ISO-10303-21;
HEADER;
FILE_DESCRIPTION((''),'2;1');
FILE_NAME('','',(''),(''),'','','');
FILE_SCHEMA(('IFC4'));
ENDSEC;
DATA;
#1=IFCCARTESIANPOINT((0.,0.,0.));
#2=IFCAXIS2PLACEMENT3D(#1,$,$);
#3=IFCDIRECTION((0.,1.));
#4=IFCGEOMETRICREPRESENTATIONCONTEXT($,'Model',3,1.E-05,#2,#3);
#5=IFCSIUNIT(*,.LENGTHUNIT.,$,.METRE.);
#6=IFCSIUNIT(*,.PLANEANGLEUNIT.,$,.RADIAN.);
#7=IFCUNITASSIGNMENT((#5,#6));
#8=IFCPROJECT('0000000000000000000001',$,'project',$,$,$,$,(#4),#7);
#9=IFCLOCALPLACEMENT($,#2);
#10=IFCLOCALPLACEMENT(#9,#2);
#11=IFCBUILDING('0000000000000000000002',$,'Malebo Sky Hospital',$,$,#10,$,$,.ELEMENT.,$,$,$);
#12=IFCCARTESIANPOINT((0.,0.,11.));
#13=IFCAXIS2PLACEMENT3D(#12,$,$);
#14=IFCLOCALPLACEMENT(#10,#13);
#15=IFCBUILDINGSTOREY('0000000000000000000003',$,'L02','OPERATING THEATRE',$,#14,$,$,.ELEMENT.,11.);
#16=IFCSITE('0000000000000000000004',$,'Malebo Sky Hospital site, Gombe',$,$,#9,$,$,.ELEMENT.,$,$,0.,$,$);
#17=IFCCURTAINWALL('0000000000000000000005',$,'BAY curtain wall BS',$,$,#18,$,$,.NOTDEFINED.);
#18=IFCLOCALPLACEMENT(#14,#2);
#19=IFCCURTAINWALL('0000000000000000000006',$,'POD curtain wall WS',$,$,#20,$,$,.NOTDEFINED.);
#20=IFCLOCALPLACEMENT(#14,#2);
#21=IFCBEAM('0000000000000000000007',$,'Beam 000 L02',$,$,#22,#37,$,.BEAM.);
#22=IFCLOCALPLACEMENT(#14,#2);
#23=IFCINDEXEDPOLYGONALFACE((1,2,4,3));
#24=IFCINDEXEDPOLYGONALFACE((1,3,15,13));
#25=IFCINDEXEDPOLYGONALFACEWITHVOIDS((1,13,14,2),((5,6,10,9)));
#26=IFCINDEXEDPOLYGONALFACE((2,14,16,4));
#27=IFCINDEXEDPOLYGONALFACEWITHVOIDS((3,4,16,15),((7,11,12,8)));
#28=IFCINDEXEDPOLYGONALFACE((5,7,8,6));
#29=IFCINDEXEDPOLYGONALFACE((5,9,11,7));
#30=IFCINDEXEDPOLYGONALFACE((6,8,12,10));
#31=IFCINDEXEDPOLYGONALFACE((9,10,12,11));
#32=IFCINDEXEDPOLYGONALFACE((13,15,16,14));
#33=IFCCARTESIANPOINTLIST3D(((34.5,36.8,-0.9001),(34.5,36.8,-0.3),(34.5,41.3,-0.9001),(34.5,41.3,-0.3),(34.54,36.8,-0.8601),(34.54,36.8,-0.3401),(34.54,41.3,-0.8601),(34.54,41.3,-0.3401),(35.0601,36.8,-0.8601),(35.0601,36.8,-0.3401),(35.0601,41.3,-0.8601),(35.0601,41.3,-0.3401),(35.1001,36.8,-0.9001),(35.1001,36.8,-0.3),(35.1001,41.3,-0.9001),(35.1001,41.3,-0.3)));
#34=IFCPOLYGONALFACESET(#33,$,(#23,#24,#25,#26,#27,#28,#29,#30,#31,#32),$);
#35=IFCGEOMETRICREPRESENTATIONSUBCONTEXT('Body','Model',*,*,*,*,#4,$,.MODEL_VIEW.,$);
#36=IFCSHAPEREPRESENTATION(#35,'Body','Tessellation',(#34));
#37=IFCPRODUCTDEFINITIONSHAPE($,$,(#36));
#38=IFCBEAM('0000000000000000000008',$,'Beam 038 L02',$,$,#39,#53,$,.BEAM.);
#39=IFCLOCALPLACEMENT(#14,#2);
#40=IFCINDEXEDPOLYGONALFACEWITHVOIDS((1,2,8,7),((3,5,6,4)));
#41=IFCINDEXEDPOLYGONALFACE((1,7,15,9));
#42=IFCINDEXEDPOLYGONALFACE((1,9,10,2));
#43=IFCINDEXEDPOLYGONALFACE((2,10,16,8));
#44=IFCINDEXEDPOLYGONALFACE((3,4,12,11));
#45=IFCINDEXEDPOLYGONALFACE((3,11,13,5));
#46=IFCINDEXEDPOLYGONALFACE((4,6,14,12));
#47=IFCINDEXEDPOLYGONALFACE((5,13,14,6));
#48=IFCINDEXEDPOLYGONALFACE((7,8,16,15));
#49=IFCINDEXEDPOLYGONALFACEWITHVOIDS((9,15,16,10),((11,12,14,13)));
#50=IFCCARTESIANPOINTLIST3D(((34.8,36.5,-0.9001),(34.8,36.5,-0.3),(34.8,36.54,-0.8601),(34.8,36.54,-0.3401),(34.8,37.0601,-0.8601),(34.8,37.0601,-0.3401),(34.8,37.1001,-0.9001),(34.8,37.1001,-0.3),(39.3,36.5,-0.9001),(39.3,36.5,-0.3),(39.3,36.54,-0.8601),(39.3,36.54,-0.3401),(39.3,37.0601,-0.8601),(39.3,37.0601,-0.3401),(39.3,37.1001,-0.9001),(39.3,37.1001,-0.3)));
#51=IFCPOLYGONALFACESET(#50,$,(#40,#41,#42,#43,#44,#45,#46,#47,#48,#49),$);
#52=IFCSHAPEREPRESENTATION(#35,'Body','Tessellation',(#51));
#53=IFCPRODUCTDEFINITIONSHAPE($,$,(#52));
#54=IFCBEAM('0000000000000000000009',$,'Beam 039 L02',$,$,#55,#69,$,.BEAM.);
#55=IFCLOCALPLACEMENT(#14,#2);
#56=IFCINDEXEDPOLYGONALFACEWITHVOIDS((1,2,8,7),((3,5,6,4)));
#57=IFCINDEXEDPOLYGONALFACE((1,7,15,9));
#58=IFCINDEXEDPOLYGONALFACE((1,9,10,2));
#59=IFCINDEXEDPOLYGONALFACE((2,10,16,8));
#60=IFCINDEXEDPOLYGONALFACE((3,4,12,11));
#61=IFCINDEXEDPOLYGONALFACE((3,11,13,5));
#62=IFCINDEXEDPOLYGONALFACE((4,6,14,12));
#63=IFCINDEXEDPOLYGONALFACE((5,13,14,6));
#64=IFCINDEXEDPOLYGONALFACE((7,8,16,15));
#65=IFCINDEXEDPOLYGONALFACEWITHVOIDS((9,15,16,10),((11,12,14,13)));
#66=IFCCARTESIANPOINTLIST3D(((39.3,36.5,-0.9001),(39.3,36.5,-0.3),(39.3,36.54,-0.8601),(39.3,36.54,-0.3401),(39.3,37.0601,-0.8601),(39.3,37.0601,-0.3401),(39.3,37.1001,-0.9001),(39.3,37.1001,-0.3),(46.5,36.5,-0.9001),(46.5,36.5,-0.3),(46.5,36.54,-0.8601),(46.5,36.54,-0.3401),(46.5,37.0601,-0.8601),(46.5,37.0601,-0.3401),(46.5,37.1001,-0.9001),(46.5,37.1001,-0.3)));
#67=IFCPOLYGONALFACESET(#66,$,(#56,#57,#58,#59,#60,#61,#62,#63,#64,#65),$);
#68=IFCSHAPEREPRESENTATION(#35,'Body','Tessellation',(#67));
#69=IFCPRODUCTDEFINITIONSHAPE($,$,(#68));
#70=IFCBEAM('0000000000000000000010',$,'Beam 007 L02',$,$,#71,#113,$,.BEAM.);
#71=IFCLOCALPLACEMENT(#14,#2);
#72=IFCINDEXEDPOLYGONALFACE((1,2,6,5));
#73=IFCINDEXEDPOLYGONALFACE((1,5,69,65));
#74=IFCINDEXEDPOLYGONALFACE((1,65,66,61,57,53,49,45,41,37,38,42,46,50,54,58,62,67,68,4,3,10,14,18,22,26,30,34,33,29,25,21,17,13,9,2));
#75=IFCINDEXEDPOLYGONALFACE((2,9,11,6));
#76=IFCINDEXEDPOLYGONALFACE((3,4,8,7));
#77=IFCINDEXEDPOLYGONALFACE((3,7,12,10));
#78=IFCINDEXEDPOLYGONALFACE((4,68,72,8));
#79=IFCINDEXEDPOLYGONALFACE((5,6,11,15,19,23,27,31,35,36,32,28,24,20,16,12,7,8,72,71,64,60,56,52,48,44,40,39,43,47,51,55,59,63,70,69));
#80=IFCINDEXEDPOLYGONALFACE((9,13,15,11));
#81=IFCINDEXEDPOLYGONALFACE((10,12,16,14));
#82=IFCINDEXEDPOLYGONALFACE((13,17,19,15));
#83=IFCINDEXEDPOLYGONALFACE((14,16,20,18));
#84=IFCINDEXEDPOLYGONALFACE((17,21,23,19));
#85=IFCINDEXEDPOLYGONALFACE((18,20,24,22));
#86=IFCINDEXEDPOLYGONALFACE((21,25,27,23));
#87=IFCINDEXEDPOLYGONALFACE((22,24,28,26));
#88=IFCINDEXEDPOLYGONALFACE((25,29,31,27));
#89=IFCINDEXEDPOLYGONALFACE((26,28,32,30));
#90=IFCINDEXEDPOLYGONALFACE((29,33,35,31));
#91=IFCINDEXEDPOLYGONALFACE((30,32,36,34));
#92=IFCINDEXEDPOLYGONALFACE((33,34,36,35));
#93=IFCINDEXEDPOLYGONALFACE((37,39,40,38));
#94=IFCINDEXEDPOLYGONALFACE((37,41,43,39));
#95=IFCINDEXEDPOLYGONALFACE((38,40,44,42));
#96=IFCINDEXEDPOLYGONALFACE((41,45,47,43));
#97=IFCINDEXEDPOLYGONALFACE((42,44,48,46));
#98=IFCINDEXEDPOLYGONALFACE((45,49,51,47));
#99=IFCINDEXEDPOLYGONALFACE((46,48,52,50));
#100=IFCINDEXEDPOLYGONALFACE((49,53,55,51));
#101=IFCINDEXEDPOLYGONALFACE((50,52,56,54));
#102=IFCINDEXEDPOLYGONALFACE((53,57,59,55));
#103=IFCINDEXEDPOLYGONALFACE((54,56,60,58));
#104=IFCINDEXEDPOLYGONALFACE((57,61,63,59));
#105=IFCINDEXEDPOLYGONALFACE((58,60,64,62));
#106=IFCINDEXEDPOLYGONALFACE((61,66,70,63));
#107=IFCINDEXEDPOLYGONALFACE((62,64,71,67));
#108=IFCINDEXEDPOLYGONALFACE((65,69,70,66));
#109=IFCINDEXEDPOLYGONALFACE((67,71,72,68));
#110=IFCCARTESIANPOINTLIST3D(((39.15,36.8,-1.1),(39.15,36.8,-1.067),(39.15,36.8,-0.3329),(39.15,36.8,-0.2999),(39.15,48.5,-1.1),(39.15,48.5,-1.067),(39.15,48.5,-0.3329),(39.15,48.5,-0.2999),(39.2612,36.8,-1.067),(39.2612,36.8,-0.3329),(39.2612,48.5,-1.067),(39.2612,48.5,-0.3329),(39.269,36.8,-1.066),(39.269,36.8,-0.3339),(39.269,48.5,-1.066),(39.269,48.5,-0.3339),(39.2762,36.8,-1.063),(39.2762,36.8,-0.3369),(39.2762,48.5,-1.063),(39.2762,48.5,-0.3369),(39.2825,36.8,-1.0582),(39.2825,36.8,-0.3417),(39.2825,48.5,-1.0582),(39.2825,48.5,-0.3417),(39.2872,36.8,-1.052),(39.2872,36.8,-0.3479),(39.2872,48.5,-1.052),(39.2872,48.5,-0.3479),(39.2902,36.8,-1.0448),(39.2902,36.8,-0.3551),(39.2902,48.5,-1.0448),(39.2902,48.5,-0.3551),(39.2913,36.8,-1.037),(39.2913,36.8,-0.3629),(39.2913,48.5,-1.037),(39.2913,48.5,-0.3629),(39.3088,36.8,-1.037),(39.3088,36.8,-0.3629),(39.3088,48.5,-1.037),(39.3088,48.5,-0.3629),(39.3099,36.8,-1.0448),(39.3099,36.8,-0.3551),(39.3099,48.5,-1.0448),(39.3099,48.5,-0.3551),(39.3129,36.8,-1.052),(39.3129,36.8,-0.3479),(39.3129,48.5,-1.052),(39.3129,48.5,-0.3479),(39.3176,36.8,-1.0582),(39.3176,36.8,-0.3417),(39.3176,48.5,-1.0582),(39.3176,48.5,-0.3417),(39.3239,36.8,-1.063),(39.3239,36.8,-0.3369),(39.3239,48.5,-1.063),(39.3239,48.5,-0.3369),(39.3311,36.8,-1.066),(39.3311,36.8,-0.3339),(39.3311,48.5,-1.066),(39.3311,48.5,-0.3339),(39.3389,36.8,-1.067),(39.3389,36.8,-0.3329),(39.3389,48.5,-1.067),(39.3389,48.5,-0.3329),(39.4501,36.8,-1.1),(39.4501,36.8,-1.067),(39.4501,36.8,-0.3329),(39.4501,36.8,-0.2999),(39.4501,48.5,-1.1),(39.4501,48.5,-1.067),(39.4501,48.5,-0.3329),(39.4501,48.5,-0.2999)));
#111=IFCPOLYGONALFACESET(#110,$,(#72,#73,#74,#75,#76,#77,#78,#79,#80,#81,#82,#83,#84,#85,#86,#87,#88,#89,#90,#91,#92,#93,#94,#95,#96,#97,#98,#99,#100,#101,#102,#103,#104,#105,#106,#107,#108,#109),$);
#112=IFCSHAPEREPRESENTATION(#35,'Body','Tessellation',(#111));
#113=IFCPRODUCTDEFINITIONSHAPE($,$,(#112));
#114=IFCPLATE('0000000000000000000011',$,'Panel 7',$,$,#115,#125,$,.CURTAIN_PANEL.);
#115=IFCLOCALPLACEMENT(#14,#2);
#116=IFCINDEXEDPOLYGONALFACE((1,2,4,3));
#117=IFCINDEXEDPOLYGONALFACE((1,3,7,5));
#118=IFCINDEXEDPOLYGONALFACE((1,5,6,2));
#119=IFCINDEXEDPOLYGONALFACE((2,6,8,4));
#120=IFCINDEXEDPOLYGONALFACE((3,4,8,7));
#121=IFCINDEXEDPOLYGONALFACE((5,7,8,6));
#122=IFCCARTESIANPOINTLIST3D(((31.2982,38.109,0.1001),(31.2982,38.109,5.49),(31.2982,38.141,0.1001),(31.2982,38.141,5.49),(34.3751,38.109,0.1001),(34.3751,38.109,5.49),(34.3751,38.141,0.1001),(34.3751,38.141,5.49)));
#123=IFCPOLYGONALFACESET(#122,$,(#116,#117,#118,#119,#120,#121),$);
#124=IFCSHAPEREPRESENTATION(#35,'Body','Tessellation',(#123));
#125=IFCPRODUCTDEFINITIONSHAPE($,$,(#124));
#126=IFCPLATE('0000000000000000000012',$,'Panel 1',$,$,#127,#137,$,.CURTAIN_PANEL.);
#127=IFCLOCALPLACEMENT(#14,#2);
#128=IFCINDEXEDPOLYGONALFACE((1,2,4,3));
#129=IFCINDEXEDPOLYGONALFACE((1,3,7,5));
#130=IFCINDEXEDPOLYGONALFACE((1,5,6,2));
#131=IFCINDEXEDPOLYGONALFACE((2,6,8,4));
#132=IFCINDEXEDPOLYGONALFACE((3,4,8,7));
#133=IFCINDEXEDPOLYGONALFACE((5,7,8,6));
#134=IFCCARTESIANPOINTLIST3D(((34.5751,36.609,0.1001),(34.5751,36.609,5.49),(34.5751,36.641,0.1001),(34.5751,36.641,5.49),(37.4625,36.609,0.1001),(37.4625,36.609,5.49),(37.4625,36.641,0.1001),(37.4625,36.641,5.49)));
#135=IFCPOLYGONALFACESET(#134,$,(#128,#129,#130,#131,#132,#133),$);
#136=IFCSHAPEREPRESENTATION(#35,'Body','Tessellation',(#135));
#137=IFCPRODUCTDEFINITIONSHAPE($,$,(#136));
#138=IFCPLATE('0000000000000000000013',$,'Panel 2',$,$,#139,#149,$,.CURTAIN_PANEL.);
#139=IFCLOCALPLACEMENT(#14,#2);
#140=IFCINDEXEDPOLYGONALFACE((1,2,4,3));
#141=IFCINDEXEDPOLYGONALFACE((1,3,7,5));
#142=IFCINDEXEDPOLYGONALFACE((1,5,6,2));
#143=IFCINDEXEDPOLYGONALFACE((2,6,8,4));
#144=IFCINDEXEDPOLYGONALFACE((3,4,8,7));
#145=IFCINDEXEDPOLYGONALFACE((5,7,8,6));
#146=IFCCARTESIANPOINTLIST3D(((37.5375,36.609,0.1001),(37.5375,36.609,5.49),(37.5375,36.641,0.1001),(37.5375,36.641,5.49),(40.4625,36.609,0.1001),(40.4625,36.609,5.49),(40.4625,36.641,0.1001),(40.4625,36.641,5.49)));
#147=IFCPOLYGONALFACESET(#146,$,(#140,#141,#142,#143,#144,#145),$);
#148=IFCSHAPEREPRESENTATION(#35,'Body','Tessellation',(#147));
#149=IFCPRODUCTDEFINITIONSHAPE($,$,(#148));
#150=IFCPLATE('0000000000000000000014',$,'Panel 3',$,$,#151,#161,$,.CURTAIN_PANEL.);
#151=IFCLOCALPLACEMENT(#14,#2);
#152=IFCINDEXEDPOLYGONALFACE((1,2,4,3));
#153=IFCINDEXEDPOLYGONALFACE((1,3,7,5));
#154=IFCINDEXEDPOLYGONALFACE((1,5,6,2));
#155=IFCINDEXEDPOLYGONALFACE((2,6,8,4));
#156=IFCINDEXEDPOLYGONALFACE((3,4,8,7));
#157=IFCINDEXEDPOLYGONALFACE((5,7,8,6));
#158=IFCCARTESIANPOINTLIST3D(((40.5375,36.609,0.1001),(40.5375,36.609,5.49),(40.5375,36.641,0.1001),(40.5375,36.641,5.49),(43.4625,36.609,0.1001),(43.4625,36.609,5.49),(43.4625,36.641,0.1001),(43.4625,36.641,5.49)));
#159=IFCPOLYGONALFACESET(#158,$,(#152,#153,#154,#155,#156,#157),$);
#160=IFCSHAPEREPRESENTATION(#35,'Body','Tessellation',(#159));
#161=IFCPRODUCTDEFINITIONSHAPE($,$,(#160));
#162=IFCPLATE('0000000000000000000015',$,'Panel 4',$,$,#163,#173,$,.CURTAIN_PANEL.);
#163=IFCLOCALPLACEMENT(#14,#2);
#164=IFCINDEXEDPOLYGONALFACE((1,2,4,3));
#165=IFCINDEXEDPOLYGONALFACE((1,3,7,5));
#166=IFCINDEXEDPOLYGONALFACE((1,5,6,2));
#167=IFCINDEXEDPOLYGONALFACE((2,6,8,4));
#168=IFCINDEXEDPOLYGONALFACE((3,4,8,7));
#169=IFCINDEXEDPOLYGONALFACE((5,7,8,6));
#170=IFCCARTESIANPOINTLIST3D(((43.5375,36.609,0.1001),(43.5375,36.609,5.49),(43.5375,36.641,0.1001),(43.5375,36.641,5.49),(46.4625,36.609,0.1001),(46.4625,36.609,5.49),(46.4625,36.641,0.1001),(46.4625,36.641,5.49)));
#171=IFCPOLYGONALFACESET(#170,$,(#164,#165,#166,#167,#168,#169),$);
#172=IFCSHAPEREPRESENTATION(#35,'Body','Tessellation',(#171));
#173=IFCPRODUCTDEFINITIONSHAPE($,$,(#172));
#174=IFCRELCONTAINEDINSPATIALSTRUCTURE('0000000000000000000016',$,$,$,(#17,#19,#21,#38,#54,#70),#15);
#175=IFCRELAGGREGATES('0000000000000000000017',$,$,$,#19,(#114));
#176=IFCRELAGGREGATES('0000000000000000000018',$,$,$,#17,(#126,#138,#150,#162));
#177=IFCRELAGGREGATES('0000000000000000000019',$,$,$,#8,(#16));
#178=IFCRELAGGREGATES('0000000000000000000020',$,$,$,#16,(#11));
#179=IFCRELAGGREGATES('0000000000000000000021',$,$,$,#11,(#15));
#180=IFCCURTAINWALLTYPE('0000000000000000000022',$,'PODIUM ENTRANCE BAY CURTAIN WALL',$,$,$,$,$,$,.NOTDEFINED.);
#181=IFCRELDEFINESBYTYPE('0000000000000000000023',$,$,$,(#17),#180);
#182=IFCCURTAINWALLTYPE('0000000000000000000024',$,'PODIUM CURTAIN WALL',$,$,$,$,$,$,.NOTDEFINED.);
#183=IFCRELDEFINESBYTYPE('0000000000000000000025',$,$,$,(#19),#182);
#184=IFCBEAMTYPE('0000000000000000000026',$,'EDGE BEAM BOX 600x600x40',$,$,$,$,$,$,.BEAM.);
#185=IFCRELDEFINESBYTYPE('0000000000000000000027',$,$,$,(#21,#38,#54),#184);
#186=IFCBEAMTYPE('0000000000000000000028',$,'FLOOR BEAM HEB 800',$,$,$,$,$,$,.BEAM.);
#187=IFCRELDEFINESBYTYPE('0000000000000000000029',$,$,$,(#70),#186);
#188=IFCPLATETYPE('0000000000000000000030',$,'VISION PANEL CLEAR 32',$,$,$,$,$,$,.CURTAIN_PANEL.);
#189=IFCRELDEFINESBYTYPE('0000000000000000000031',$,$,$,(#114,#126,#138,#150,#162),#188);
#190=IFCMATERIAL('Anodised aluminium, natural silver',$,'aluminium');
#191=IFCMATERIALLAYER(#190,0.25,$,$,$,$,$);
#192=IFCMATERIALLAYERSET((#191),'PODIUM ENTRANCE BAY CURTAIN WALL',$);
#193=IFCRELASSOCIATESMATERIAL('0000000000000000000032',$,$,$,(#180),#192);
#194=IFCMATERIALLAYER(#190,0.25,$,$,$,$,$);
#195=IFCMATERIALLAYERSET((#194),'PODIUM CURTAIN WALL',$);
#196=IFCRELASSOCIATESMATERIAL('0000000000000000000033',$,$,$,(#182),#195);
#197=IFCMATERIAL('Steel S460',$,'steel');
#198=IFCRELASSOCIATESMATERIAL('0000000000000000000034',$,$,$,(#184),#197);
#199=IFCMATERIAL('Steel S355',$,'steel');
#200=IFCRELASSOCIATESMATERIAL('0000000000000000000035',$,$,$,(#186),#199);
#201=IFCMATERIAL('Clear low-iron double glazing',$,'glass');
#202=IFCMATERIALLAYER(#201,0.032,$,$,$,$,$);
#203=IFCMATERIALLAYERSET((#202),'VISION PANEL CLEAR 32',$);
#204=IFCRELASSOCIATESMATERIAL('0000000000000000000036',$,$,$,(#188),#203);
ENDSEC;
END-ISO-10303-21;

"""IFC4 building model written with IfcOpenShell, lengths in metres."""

from ifc_helpers import new_model, si_unit, direction, frame, origin, origin_2d, place, context, subcontext, project, spatial, rectangle, hollow_rectangle, i_section, extrude, material, layer, layer_set, material_profile, profile_set, type_object, element, aggregate, save


model = new_model("IFC4")

# Units and contexts
model_context = context("Model", 3, precision=1e-05, world=origin(), true_north=direction((0.0, 1.0)))
body_context = subcontext(model_context, "Body", "Model", "MODEL_VIEW")
ifc_project = project(units=[si_unit("LENGTHUNIT", "METRE"), si_unit("PLANEANGLEUNIT", "RADIAN")], contexts=[model_context])

# Site, building, storey
site_placement = place(None, origin())
site = spatial("IfcSite", under=ifc_project, at=site_placement, Name="Malebo Sky Hospital site, Gombe", CompositionType="ELEMENT", RefElevation=0.0)
building_placement = place(site_placement, origin())
building = spatial("IfcBuilding", under=site, at=building_placement, Name="Malebo Sky Hospital", CompositionType="ELEMENT")
storey_placement = place(building_placement, frame((0.0, 0.0, 11.0)))
storey = spatial("IfcBuildingStorey", under=building, at=storey_placement, Name="L02", Description="OPERATING THEATRE", CompositionType="ELEMENT", Elevation=11.0)

# Shared definitions
ifc_material_1 = material(Name="Steel S460", Category="steel")

# Curtain wall
ifc_material_2 = material(Name="Anodised aluminium, natural silver", Category="aluminium")
ifc_layer_1 = layer(ifc_material_2, 0.25)
ifc_layer_set_1 = layer_set([ifc_layer_1], Name="PODIUM ENTRANCE BAY CURTAIN WALL")
curtain_wall_type_1 = type_object("IfcCurtainWallType", Name="PODIUM ENTRANCE BAY CURTAIN WALL", PredefinedType="NOTDEFINED", material=ifc_layer_set_1)
curtain_wall_1_placement = place(storey_placement, origin())
curtain_wall_1 = element("IfcCurtainWall", 1, at=curtain_wall_1_placement, inside=storey, type_object=curtain_wall_type_1, Name="BAY curtain wall BS", PredefinedType="NOTDEFINED")

# Curtain wall
ifc_layer_2 = layer(ifc_material_2, 0.25)
ifc_layer_set_2 = layer_set([ifc_layer_2], Name="PODIUM CURTAIN WALL")
curtain_wall_type_2 = type_object("IfcCurtainWallType", Name="PODIUM CURTAIN WALL", PredefinedType="NOTDEFINED", material=ifc_layer_set_2)
curtain_wall_2_placement = place(storey_placement, origin())
curtain_wall_2 = element("IfcCurtainWall", 2, at=curtain_wall_2_placement, inside=storey, type_object=curtain_wall_type_2, Name="POD curtain wall WS", PredefinedType="NOTDEFINED")

# Beams
ifc_material_profile_1 = material_profile(ifc_material_1, hollow_rectangle(XDim=0.6001, YDim=0.6001, WallThickness=0.04, at=origin_2d()), Name="BOX 600x600x40")
ifc_profile_set_1 = profile_set([ifc_material_profile_1], Name="Steel S460")
beam_type_1 = type_object("IfcBeamType", Name="EDGE BEAM BOX 600x600x40", PredefinedType="BEAM", material=ifc_profile_set_1)
for number, where, z_axis, x_axis, name in (
    (3, (34.8, 36.8, -0.6001), (0.0, 1.0, 0.0), (-1.0, 0.0, 0.0), "Beam 000 L02"),
    (4, (34.8, 36.8, -0.6001), (1.0, 0.0, 0.0), (0.0, 1.0, 0.0), "Beam 038 L02"),
):
    element("IfcBeam", number, at=place(storey_placement, frame(where, z_axis=z_axis, x_axis=x_axis)), inside=storey, type_object=beam_type_1, Name=name, PredefinedType="BEAM", context=body_context, shape_type="SweptSolid", body=[
        extrude(hollow_rectangle(XDim=0.6001, YDim=0.6001, WallThickness=0.04, at=origin_2d()), origin(), (0.0, 0.0, 1.0), 4.5),
    ])
beam_1_placement = place(storey_placement, frame((39.3, 36.8, -0.6001), z_axis=(1.0, 0.0, 0.0), x_axis=(0.0, 1.0, 0.0)))
element("IfcBeam", 5, at=beam_1_placement, inside=storey, type_object=beam_type_1, Name="Beam 039 L02", PredefinedType="BEAM", context=body_context, shape_type="SweptSolid", body=[
    extrude(hollow_rectangle(XDim=0.6001, YDim=0.6001, WallThickness=0.04, at=origin_2d()), origin(), (0.0, 0.0, 1.0), 7.2),
])
ifc_material_3 = material(Name="Steel S355", Category="steel")
ifc_material_profile_2 = material_profile(ifc_material_3, i_section(OverallWidth=0.3, OverallDepth=0.8, WebThickness=0.0176, FlangeThickness=0.033, FilletRadius=0.03, at=origin_2d()), Name="HEB 800")
ifc_profile_set_2 = profile_set([ifc_material_profile_2], Name="Steel S355")
beam_type_2 = type_object("IfcBeamType", Name="FLOOR BEAM HEB 800", PredefinedType="BEAM", material=ifc_profile_set_2)
beam_2_placement = place(storey_placement, frame((39.3, 36.8, -0.7), z_axis=(0.0, 1.0, 0.0), x_axis=(-1.0, 0.0, 0.0)))
element("IfcBeam", 6, at=beam_2_placement, inside=storey, type_object=beam_type_2, Name="Beam 007 L02", PredefinedType="BEAM", context=body_context, shape_type="SweptSolid", body=[
    extrude(i_section(OverallWidth=0.3, OverallDepth=0.8, WebThickness=0.0176, FlangeThickness=0.033, FilletRadius=0.03, at=origin_2d()), origin(), (0.0, 0.0, 1.0), 11.7),
])

# Plates
ifc_material_4 = material(Name="Clear low-iron double glazing", Category="glass")
ifc_layer_3 = layer(ifc_material_4, 0.032)
ifc_layer_set_3 = layer_set([ifc_layer_3], Name="VISION PANEL CLEAR 32")
plate_type = type_object("IfcPlateType", Name="VISION PANEL CLEAR 32", PredefinedType="CURTAIN_PANEL", material=ifc_layer_set_3)
plate_1_placement = place(storey_placement, frame((32.8367, 38.125, 0.1001), z_axis=(0.0, 0.0, 1.0), x_axis=(1.0, 0.0, 0.0)))
plate_1 = element("IfcPlate", 7, at=plate_1_placement, type_object=plate_type, Name="Panel 7", PredefinedType="CURTAIN_PANEL", context=body_context, shape_type="SweptSolid", body=[
    extrude(rectangle(XDim=3.0769, YDim=0.032, at=origin_2d()), origin(), (0.0, 0.0, 1.0), 5.3899),
])
aggregate(curtain_wall_2, [plate_1])
plate_2_placement = place(storey_placement, frame((36.0188, 36.625, 0.1001), z_axis=(0.0, 0.0, 1.0), x_axis=(1.0, 0.0, 0.0)))
plate_2 = element("IfcPlate", 8, at=plate_2_placement, type_object=plate_type, Name="Panel 1", PredefinedType="CURTAIN_PANEL", context=body_context, shape_type="SweptSolid", body=[
    extrude(rectangle(XDim=2.8875, YDim=0.032, at=origin_2d()), origin(), (0.0, 0.0, 1.0), 5.3899),
])
plate_3_placement = place(storey_placement, frame((39.0, 36.625, 0.1001), z_axis=(0.0, 0.0, 1.0), x_axis=(1.0, 0.0, 0.0)))
plate_3 = element("IfcPlate", 9, at=plate_3_placement, type_object=plate_type, Name="Panel 2", PredefinedType="CURTAIN_PANEL", context=body_context, shape_type="SweptSolid", body=[
    extrude(rectangle(XDim=2.925, YDim=0.032, at=origin_2d()), origin(), (0.0, 0.0, 1.0), 5.3899),
])
plate_4_placement = place(storey_placement, frame((42.0, 36.625, 0.1001), z_axis=(0.0, 0.0, 1.0), x_axis=(1.0, 0.0, 0.0)))
plate_4 = element("IfcPlate", 10, at=plate_4_placement, type_object=plate_type, Name="Panel 3", PredefinedType="CURTAIN_PANEL", context=body_context, shape_type="SweptSolid", body=[
    extrude(rectangle(XDim=2.925, YDim=0.032, at=origin_2d()), origin(), (0.0, 0.0, 1.0), 5.3899),
])
plate_5_placement = place(storey_placement, frame((45.0, 36.625, 0.1001), z_axis=(0.0, 0.0, 1.0), x_axis=(1.0, 0.0, 0.0)))
plate_5 = element("IfcPlate", 11, at=plate_5_placement, type_object=plate_type, Name="Panel 4", PredefinedType="CURTAIN_PANEL", context=body_context, shape_type="SweptSolid", body=[
    extrude(rectangle(XDim=2.925, YDim=0.032, at=origin_2d()), origin(), (0.0, 0.0, 1.0), 5.3899),
])
aggregate(curtain_wall_1, [plate_2, plate_3, plate_4, plate_5])

save(model, "model.ifc")
